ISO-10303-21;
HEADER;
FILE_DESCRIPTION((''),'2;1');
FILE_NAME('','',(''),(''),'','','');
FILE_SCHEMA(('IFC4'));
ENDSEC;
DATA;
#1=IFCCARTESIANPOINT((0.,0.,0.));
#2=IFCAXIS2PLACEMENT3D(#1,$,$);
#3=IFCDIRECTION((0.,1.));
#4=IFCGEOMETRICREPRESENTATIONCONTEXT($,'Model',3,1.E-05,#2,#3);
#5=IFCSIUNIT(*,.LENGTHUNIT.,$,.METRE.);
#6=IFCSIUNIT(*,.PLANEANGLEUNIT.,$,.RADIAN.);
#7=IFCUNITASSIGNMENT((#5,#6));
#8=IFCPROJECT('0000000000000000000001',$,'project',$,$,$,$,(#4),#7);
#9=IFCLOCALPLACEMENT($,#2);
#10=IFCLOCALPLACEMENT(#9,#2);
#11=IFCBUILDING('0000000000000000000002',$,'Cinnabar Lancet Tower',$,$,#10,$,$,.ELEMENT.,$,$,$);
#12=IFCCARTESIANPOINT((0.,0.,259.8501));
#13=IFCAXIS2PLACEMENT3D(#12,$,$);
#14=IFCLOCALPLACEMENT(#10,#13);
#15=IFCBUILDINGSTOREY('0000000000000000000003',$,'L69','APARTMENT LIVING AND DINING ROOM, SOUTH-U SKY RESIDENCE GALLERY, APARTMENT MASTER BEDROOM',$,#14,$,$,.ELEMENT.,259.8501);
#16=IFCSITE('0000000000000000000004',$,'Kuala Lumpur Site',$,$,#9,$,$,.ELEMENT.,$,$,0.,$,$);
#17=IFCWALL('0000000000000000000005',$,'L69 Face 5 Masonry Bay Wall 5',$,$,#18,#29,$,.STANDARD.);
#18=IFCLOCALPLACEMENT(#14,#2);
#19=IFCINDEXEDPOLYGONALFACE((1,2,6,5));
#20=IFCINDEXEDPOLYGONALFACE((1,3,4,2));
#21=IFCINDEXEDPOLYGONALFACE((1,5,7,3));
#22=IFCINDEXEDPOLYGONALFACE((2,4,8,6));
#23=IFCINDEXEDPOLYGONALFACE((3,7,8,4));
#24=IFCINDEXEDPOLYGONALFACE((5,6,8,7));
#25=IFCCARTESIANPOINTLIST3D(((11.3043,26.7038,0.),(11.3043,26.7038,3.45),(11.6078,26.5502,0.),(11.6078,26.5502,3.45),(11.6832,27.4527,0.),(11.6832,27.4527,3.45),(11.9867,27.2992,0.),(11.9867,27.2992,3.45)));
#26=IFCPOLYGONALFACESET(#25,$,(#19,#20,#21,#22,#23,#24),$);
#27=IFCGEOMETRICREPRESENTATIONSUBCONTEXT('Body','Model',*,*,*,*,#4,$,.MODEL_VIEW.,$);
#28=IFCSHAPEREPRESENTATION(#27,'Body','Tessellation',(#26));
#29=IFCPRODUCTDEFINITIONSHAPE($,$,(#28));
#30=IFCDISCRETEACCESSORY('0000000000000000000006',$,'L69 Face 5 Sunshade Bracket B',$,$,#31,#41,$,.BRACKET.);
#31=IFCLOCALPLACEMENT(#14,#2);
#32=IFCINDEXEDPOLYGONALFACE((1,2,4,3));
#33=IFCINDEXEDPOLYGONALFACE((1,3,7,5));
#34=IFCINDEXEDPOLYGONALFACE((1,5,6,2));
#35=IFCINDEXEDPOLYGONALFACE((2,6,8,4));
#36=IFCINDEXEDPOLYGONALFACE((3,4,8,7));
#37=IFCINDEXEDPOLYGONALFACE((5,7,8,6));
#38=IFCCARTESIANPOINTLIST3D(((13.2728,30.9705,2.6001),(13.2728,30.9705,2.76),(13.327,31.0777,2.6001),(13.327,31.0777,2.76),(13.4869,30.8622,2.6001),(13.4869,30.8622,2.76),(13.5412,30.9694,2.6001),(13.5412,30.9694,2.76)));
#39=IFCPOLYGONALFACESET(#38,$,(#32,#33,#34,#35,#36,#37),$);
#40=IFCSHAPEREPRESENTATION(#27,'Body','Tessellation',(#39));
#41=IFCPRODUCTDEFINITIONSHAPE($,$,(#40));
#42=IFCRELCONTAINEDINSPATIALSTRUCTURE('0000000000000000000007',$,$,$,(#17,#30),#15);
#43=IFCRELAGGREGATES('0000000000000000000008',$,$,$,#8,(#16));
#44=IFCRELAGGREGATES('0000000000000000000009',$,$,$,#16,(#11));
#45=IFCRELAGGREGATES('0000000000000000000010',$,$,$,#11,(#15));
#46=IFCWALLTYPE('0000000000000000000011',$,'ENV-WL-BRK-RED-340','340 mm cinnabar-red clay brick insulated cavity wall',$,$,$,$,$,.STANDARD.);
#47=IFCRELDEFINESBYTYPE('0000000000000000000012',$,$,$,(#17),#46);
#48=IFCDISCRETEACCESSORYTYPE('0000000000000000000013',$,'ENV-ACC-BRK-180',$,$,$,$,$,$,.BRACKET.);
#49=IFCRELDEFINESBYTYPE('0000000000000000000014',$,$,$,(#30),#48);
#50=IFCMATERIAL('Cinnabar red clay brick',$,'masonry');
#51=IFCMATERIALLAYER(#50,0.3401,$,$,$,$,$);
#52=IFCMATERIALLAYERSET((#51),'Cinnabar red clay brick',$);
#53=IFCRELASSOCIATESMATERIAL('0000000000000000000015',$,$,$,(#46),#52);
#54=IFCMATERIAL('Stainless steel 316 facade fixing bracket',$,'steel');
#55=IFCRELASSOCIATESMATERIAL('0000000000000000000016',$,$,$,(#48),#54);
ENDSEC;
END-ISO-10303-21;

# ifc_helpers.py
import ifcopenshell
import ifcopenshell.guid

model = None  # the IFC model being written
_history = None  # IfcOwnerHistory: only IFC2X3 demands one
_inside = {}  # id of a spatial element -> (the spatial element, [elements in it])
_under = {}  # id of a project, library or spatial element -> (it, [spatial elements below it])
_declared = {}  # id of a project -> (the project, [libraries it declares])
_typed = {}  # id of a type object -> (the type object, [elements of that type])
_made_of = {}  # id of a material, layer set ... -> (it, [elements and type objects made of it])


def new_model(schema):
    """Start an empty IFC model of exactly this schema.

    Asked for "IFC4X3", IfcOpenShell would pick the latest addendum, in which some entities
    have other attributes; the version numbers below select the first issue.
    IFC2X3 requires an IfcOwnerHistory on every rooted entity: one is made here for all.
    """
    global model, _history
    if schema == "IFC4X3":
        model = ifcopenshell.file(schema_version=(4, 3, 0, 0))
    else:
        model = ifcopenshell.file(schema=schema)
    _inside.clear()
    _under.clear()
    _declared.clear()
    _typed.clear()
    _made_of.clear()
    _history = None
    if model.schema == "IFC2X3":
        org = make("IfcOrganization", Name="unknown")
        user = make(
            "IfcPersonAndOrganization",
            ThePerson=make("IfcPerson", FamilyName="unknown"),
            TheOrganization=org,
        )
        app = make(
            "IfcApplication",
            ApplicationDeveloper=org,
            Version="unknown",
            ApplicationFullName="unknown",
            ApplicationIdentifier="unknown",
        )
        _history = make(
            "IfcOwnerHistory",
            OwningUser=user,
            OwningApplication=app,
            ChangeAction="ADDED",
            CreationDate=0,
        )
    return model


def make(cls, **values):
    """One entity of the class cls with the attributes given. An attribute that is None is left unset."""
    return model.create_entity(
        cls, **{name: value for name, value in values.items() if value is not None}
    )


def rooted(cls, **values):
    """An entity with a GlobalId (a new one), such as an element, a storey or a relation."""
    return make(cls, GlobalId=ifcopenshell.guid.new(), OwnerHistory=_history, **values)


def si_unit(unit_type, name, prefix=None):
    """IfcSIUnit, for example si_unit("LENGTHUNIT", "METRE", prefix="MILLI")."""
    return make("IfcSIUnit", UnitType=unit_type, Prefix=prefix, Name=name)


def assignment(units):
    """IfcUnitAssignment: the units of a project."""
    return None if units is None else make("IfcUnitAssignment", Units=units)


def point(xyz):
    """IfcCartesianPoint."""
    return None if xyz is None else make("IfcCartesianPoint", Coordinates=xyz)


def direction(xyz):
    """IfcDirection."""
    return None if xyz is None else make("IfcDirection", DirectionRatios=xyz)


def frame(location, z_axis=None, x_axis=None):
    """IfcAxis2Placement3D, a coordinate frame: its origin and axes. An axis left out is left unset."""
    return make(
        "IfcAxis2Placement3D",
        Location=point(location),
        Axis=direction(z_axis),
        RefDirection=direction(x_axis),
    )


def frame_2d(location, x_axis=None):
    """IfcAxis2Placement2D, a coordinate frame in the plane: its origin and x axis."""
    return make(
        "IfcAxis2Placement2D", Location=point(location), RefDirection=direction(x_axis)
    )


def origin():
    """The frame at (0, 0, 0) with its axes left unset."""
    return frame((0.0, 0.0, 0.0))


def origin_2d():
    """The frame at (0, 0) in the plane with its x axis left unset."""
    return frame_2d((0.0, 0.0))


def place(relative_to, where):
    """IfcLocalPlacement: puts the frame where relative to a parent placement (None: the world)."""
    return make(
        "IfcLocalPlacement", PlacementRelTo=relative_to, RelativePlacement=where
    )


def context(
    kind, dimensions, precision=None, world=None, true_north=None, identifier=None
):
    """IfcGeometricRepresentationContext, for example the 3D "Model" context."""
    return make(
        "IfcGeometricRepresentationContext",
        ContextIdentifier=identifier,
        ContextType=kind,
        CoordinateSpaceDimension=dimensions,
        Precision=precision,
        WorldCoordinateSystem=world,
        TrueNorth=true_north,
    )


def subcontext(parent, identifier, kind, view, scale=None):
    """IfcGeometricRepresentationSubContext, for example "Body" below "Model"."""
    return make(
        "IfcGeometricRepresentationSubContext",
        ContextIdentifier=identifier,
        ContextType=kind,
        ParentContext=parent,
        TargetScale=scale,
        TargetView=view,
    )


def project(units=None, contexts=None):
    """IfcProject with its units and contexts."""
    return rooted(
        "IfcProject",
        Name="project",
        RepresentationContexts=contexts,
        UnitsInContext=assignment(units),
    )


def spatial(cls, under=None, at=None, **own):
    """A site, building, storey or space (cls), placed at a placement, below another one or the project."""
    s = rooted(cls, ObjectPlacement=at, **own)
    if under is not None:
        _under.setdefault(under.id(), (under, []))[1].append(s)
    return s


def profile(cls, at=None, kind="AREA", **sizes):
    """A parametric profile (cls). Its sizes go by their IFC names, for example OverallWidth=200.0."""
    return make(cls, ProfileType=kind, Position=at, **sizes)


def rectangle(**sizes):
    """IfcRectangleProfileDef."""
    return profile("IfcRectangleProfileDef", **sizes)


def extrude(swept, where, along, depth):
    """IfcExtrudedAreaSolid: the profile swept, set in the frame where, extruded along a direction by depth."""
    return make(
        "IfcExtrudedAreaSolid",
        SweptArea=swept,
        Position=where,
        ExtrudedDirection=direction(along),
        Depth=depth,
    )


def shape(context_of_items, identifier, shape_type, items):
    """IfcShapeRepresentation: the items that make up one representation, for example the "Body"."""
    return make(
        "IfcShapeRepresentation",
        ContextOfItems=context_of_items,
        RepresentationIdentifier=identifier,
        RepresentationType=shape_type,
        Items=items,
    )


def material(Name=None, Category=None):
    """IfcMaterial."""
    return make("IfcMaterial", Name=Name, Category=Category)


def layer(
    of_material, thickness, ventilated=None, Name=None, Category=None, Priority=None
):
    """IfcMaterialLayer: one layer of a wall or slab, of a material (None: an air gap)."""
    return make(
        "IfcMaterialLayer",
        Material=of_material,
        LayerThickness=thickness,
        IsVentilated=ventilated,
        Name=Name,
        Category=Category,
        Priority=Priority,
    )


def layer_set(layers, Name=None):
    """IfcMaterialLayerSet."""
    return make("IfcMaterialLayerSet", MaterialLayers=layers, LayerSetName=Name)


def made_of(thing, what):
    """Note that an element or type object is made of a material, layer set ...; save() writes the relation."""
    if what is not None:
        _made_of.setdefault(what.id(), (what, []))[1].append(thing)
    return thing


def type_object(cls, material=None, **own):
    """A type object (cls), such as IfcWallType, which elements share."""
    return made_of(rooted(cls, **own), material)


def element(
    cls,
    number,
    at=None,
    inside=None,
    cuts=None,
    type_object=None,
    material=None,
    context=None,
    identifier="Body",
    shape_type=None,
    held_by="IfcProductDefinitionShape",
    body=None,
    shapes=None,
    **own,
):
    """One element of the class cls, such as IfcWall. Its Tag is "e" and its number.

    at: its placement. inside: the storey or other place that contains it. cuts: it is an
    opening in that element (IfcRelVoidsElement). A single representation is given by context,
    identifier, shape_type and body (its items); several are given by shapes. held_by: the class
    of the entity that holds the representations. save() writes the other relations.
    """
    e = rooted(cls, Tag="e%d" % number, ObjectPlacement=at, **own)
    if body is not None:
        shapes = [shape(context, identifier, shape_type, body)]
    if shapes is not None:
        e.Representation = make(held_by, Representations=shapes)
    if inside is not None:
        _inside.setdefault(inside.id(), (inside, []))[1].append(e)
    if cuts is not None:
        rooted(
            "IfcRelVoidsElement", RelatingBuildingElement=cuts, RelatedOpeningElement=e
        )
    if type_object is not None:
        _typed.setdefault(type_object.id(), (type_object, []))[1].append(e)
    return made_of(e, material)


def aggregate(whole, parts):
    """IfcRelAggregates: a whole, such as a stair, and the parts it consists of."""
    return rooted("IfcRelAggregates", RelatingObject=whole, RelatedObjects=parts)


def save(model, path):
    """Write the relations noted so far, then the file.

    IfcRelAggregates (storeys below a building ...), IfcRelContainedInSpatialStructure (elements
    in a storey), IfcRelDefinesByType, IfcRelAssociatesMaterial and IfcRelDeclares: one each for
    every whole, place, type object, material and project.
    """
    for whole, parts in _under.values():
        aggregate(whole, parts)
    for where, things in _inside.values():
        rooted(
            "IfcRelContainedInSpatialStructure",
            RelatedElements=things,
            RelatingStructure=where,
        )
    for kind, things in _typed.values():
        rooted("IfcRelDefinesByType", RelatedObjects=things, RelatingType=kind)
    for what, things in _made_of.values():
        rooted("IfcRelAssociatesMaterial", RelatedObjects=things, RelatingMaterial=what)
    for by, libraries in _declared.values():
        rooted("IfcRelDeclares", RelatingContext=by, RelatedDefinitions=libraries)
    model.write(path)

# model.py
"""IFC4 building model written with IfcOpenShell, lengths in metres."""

from ifc_helpers import new_model, si_unit, direction, frame, frame_2d, origin, origin_2d, place, context, subcontext, project, spatial, rectangle, extrude, material, layer, layer_set, type_object, element, save


model = new_model("IFC4")

# Units and contexts
model_context = context("Model", 3, precision=1e-05, world=origin(), true_north=direction((0.0, 1.0)))
body_context = subcontext(model_context, "Body", "Model", "MODEL_VIEW")
ifc_project = project(units=[si_unit("LENGTHUNIT", "METRE"), si_unit("PLANEANGLEUNIT", "RADIAN")], contexts=[model_context])

# Site, building, storey
site_placement = place(None, origin())
site = spatial("IfcSite", under=ifc_project, at=site_placement, Name="Kuala Lumpur Site", CompositionType="ELEMENT", RefElevation=0.0)
building_placement = place(site_placement, origin())
building = spatial("IfcBuilding", under=site, at=building_placement, Name="Cinnabar Lancet Tower", CompositionType="ELEMENT")
storey_placement = place(building_placement, frame((0.0, 0.0, 259.8501)))
storey = spatial("IfcBuildingStorey", under=building, at=storey_placement, Name="L69", Description="APARTMENT LIVING AND DINING ROOM, SOUTH-U SKY RESIDENCE GALLERY, APARTMENT MASTER BEDROOM", CompositionType="ELEMENT", Elevation=259.8501)

# Shared definitions
ifc_material_1 = material(Name="Cinnabar red clay brick", Category="masonry")
ifc_layer_1 = layer(ifc_material_1, 0.3401)
ifc_layer_set_1 = layer_set([ifc_layer_1], Name="Cinnabar red clay brick")
wall_type_1 = type_object("IfcWallType", Name="ENV-WL-BRK-RED-340", Description="340 mm cinnabar-red clay brick insulated cavity wall", PredefinedType="STANDARD", material=ifc_layer_set_1)

# Wall
wall_1_placement = place(storey_placement, frame((11.835, 27.376, 0.0), z_axis=(0.0, 0.0, 1.0), x_axis=(-0.451397, -0.892323, 0.0)))
element("IfcWall", 1, at=wall_1_placement, inside=storey, type_object=wall_type_1, Name="L69 Face 5 Masonry Bay Wall 5", PredefinedType="STANDARD", context=body_context, shape_type="SweptSolid", body=[
    extrude(rectangle(XDim=0.8394, YDim=0.3401, at=frame_2d((0.4197, 0.0))), origin(), (0.0, 0.0, 1.0), 3.45),
])

# Discrete accessory
ifc_material_2 = material(Name="Stainless steel 316 facade fixing bracket", Category="steel")
discrete_accessory_type = type_object("IfcDiscreteAccessoryType", Name="ENV-ACC-BRK-180", PredefinedType="BRACKET", material=ifc_material_2)
discrete_accessory_placement = place(storey_placement, frame((13.407, 30.97, 2.6001), z_axis=(0.0, 0.0, 1.0), x_axis=(-0.451376, -0.892334, 0.0)))
element("IfcDiscreteAccessory", 2, at=discrete_accessory_placement, inside=storey, type_object=discrete_accessory_type, Name="L69 Face 5 Sunshade Bracket B", PredefinedType="BRACKET", context=body_context, shape_type="SweptSolid", body=[
    extrude(rectangle(XDim=0.1201, YDim=0.24, at=origin_2d()), origin(), (0.0, 0.0, 1.0), 0.1599),
])

save(model, "model.ifc")
